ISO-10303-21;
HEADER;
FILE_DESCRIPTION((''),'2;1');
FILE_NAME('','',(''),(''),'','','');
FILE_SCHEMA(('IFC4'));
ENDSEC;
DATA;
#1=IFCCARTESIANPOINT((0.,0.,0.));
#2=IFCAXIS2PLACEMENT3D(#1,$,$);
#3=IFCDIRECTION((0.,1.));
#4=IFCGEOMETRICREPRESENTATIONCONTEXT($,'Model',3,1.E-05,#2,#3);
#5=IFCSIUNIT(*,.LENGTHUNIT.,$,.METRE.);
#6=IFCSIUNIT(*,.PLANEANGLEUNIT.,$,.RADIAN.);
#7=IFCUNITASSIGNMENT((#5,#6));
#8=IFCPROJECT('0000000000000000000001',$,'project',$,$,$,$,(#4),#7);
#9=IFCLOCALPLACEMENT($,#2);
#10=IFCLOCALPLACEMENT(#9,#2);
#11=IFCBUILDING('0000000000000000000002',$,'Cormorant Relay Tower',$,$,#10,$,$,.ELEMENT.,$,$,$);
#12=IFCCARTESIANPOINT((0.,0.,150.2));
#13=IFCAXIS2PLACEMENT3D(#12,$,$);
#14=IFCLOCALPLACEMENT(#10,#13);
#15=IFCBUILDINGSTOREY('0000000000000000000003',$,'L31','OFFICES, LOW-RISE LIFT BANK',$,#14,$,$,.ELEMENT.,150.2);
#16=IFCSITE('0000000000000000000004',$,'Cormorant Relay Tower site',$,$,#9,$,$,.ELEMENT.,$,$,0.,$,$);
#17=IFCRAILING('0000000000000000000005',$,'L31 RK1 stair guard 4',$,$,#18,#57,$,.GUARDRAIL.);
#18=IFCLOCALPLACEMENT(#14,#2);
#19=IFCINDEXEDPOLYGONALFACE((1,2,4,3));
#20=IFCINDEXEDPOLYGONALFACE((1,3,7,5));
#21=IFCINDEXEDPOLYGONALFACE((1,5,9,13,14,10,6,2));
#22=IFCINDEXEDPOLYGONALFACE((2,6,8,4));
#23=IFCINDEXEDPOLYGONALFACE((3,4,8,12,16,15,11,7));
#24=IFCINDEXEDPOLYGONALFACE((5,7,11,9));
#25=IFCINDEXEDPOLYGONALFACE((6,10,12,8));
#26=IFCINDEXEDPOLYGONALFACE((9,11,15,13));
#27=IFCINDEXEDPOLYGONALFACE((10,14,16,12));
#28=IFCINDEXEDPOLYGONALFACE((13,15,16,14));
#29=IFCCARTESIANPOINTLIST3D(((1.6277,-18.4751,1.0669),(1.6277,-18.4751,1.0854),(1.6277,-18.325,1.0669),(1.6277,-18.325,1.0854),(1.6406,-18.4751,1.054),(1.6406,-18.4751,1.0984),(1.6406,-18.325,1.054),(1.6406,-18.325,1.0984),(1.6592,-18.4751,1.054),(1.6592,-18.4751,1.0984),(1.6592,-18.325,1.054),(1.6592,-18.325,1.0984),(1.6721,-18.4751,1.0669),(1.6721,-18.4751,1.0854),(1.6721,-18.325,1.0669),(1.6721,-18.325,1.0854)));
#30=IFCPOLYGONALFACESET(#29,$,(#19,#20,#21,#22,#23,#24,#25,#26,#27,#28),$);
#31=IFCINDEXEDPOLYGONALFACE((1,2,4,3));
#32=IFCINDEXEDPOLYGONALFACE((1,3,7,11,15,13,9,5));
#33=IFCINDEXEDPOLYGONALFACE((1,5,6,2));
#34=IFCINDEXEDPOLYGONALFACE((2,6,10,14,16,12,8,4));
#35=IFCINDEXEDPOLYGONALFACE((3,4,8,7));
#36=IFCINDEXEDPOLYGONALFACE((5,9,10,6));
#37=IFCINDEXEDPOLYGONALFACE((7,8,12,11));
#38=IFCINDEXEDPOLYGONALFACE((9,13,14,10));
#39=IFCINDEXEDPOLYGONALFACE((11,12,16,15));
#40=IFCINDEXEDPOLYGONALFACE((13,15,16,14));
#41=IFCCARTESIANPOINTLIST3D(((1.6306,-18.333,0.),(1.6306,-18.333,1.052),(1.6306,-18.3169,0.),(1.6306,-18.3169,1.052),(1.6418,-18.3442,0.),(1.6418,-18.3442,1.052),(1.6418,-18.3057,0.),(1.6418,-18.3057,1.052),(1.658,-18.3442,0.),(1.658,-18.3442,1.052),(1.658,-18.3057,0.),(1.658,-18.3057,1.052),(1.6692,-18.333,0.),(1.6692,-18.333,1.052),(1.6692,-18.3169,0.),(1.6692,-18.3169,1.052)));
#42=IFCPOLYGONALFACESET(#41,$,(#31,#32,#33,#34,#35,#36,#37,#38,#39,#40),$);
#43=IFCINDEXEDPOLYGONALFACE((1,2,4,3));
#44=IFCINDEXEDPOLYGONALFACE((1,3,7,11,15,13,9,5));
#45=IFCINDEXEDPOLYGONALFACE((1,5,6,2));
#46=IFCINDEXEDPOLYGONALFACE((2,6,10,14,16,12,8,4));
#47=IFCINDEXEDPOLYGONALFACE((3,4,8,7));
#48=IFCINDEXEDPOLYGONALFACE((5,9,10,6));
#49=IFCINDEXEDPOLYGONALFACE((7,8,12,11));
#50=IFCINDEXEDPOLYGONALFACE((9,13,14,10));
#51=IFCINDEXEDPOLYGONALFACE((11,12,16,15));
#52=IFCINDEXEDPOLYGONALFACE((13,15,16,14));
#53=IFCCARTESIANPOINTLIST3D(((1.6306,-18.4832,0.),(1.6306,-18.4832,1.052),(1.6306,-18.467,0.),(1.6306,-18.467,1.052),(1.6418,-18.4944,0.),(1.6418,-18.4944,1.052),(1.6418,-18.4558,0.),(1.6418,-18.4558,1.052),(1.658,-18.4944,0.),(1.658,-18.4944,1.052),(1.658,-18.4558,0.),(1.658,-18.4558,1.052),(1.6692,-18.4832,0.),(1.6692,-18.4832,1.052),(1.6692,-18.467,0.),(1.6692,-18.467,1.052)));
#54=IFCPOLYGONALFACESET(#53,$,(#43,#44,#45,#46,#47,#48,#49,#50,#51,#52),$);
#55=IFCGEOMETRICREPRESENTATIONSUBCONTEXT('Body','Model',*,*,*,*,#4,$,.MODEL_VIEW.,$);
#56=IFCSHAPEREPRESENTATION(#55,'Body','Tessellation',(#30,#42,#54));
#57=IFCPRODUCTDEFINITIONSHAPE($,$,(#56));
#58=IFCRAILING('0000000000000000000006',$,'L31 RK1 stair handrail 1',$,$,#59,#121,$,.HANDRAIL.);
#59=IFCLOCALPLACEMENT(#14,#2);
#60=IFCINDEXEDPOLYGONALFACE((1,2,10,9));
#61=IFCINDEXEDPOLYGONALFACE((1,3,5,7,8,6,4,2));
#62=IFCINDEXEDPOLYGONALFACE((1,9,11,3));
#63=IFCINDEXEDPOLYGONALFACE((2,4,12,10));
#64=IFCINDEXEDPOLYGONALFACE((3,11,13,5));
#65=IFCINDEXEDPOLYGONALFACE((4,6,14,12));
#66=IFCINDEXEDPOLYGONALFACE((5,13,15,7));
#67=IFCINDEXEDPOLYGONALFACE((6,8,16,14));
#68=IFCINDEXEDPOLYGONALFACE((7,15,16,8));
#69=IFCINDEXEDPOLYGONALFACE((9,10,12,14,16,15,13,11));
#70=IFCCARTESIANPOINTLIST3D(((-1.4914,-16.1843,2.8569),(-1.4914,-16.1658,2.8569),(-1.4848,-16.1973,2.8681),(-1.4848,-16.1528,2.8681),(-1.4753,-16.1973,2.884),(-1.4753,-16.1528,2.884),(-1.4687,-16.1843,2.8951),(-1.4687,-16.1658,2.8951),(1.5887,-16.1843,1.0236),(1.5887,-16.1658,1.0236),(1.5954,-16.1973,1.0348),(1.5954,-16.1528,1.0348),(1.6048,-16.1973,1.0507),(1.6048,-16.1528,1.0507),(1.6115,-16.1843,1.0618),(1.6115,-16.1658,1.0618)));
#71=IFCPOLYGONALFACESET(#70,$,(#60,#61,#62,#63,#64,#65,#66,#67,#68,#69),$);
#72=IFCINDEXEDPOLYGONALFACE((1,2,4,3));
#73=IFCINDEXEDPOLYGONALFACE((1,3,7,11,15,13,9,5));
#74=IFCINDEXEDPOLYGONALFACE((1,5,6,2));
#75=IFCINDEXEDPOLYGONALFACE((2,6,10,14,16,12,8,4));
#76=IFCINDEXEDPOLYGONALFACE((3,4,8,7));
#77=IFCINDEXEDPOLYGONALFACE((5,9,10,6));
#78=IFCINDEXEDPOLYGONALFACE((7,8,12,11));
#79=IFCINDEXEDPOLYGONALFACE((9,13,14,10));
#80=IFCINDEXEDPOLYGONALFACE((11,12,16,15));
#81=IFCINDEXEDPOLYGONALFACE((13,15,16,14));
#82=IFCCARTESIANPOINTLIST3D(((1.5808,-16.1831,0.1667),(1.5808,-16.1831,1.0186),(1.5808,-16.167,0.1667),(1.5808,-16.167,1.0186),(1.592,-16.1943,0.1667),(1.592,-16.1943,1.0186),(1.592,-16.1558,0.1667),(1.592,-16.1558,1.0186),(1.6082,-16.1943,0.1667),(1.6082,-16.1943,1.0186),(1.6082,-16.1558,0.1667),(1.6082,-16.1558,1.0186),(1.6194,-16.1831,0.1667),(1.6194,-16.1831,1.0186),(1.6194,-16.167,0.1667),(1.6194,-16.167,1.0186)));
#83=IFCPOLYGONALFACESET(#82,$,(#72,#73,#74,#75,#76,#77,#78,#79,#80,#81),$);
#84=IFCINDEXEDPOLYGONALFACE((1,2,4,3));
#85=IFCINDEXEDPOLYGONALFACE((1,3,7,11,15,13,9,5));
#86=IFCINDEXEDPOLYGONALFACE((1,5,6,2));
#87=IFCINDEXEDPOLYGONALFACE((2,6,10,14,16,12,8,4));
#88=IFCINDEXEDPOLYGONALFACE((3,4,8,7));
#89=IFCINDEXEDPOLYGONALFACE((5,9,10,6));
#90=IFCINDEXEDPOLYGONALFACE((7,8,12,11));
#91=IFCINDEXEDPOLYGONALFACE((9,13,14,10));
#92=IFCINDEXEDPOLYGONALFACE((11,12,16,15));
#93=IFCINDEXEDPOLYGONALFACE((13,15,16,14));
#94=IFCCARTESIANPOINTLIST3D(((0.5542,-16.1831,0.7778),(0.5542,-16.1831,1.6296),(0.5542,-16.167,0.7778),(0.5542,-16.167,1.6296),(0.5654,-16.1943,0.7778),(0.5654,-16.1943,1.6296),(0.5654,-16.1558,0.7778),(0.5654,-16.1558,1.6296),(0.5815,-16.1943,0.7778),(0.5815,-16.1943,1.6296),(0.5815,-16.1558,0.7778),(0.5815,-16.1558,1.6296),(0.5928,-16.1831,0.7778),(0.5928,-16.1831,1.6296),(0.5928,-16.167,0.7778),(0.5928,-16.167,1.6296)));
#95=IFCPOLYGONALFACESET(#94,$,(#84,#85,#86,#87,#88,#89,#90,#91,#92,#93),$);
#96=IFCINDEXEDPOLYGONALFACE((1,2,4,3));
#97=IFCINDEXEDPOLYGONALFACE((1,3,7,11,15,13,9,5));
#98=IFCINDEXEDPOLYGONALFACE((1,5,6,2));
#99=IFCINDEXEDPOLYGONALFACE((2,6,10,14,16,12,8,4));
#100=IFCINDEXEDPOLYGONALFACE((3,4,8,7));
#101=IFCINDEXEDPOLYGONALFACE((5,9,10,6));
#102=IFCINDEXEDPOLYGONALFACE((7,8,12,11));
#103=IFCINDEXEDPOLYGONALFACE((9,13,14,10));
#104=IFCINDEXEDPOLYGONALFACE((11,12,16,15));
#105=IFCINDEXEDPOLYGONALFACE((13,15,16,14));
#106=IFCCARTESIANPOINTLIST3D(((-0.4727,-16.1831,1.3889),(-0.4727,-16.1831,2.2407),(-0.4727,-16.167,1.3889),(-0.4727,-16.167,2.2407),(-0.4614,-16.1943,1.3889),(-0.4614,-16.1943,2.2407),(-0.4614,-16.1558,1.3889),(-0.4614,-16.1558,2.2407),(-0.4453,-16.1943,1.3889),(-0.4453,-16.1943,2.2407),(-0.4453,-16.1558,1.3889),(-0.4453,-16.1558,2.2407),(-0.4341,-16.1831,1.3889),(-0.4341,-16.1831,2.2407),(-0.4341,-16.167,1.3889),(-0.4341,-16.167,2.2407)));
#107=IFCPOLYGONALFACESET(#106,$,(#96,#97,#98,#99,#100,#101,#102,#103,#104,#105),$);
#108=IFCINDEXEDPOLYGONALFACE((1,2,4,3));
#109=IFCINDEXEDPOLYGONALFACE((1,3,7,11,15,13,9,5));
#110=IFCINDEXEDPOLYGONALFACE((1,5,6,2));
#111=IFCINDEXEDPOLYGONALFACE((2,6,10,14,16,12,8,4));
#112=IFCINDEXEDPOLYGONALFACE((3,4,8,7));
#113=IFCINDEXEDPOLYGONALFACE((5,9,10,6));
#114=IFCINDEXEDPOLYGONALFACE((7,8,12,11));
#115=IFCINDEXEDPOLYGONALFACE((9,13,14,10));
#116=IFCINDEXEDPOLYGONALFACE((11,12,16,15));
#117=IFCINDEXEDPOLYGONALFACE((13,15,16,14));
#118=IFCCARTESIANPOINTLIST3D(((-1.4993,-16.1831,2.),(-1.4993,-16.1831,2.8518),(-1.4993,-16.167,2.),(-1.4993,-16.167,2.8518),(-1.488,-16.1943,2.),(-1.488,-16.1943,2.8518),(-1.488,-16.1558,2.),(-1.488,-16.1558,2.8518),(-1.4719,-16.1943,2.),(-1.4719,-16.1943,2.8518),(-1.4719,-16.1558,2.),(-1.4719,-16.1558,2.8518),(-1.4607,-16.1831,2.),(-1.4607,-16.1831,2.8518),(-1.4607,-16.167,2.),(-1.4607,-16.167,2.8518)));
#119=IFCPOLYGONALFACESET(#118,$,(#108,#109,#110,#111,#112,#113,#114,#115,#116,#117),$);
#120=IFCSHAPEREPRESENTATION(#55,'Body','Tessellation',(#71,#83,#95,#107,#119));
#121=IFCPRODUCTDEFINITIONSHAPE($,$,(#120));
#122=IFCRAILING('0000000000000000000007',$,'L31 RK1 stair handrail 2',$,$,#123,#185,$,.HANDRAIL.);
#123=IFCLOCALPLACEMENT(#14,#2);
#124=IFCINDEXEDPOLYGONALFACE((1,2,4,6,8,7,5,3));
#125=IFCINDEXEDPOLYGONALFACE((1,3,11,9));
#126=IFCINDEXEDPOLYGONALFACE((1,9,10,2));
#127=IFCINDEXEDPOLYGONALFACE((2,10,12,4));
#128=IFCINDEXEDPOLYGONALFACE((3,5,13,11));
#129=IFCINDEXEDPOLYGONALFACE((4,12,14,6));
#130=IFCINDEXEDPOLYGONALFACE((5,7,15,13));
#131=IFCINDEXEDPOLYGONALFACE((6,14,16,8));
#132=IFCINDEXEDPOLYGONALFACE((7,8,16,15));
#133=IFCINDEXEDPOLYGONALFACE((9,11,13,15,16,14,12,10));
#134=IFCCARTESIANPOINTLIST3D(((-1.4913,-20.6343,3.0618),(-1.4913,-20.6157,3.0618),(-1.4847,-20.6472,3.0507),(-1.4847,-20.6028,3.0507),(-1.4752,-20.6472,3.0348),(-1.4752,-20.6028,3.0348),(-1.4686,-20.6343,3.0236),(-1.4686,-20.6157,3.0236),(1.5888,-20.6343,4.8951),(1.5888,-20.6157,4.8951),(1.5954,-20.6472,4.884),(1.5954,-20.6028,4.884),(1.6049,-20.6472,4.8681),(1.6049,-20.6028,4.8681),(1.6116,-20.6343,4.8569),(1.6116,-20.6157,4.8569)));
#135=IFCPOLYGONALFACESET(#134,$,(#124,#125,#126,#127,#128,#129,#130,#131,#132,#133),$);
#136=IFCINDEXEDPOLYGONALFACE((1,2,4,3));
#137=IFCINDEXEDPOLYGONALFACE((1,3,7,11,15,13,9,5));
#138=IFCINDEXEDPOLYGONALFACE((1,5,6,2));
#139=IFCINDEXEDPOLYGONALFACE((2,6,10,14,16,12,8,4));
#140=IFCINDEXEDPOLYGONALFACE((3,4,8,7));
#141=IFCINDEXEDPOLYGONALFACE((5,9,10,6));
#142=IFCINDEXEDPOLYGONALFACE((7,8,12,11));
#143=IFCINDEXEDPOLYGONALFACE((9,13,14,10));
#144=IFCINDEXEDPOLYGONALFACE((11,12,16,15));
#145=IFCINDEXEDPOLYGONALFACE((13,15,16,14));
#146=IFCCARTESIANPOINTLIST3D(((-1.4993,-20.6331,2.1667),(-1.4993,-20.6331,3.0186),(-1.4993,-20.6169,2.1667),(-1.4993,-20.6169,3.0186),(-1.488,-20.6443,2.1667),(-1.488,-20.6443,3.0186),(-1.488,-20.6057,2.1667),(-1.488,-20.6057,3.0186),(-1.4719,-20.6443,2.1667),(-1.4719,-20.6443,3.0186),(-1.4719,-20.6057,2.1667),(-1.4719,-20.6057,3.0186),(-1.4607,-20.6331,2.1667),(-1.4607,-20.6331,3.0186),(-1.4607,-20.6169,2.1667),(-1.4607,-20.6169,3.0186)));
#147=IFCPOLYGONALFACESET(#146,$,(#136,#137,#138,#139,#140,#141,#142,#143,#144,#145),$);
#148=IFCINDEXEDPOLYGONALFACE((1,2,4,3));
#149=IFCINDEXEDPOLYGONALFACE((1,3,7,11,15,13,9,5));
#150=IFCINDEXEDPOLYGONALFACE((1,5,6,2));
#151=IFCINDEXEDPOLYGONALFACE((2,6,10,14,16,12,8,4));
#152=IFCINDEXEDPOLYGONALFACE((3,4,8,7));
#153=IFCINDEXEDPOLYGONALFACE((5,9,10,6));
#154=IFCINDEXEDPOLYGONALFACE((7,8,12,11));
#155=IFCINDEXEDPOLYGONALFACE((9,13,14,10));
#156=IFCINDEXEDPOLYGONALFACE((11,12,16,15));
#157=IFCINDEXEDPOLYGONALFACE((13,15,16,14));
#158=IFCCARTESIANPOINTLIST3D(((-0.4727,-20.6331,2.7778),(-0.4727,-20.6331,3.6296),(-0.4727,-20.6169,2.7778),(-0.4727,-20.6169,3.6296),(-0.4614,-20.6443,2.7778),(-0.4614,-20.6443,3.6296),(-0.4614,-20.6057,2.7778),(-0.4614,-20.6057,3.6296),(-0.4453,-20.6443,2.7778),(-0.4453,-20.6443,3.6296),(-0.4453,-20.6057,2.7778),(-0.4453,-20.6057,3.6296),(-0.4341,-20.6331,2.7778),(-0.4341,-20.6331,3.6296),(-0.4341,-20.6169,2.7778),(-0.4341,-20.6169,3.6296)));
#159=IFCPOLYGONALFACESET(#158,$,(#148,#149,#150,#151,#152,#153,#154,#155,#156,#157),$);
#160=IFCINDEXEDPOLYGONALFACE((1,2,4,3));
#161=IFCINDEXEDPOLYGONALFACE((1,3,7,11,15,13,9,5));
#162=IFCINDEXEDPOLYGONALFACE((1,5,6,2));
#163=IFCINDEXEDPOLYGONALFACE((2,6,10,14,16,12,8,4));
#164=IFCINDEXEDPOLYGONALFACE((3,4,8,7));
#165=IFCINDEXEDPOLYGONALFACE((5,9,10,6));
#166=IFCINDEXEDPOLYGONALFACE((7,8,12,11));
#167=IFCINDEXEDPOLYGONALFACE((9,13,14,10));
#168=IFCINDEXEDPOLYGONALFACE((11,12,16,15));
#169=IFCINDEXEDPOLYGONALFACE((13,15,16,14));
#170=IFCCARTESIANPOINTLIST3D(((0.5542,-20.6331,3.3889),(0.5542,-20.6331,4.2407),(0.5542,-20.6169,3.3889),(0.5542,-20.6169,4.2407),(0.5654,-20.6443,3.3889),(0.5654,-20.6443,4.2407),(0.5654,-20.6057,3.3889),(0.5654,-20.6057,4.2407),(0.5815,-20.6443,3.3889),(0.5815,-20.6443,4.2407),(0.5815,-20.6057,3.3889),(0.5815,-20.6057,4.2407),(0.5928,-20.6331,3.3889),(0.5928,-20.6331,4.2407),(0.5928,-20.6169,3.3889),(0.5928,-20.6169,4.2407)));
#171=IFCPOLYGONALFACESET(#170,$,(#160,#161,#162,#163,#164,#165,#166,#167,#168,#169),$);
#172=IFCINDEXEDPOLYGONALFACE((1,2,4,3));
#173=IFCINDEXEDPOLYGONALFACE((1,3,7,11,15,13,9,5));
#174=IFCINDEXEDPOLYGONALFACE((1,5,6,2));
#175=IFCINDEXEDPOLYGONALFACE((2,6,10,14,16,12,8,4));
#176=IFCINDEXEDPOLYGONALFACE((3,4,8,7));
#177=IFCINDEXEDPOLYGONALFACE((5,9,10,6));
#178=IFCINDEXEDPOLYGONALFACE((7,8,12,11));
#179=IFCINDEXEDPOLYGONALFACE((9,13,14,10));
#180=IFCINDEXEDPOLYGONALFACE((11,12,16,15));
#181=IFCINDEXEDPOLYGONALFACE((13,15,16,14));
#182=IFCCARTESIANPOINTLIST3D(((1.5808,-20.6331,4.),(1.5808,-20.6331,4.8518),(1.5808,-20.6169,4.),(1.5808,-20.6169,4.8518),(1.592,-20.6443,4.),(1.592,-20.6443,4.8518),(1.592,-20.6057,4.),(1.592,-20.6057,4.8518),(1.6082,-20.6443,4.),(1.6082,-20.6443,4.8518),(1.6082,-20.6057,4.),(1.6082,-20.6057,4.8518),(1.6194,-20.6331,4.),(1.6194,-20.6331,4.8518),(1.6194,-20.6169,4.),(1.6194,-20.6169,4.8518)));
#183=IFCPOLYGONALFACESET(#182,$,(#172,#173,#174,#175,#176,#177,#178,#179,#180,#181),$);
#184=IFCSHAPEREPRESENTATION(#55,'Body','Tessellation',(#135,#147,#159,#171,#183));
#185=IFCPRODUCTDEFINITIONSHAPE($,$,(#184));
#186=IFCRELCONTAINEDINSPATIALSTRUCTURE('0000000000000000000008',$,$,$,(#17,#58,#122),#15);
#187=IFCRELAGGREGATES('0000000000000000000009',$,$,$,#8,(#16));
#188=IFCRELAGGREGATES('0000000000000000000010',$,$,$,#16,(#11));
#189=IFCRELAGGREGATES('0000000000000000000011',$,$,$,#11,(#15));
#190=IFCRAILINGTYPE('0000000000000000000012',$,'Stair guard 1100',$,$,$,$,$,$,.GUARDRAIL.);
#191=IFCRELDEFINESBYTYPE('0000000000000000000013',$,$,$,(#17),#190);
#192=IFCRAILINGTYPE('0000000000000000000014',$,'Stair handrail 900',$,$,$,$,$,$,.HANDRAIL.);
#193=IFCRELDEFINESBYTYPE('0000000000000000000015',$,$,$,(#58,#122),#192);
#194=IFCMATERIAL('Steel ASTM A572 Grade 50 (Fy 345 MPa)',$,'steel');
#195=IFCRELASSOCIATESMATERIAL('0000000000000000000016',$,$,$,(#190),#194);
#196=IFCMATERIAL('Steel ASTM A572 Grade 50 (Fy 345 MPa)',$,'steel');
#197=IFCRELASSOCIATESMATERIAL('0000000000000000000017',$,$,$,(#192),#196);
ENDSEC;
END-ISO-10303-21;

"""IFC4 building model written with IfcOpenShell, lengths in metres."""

from ifc_helpers import new_model, si_unit, direction, frame, origin, place, context, subcontext, project, spatial, polyline, outline, extrude, material, type_object, element, save


model = new_model("IFC4")

# Units and contexts
model_context = context("Model", 3, precision=1e-05, world=origin(), true_north=direction((0.0, 1.0)))
body_context = subcontext(model_context, "Body", "Model", "MODEL_VIEW")
ifc_project = project(units=[si_unit("LENGTHUNIT", "METRE"), si_unit("PLANEANGLEUNIT", "RADIAN")], contexts=[model_context])

# Site, building, storey
site_placement = place(None, origin())
site = spatial("IfcSite", under=ifc_project, at=site_placement, Name="Cormorant Relay Tower site", CompositionType="ELEMENT", RefElevation=0.0)
building_placement = place(site_placement, origin())
building = spatial("IfcBuilding", under=site, at=building_placement, Name="Cormorant Relay Tower", CompositionType="ELEMENT")
storey_placement = place(building_placement, frame((0.0, 0.0, 150.2)))
storey = spatial("IfcBuildingStorey", under=building, at=storey_placement, Name="L31", Description="OFFICES, LOW-RISE LIFT BANK", CompositionType="ELEMENT", Elevation=150.2)

# Railings
ifc_material_1 = material(Name="Steel ASTM A572 Grade 50 (Fy 345 MPa)", Category="steel")
railing_type_1 = type_object("IfcRailingType", Name="Stair guard 1100", PredefinedType="GUARDRAIL", material=ifc_material_1)
railing_1_placement = place(storey_placement, frame((1.6499, -18.325, 0.0)))
element("IfcRailing", 1, at=railing_1_placement, inside=storey, type_object=railing_type_1, Name="L31 RK1 stair guard 4", PredefinedType="GUARDRAIL", context=body_context, shape_type="SweptSolid", body=[
    extrude(outline(polyline([(0.0222, 0.0093), (0.0093, 0.0222), (-0.0093, 0.0222), (-0.0222, 0.0093), (-0.0222, -0.0093), (-0.0093, -0.0222), (0.0093, -0.0222), (0.0222, -0.0093), (0.0222, 0.0093)])), frame((0.0, 0.0, 1.0762), z_axis=(0.0, -1.0, 0.0), x_axis=(1.0, 0.0, 0.0)), (0.0, 0.0, 1.0), 0.1501),
    extrude(outline(polyline([(0.0193, 0.0081), (0.0081, 0.0193), (-0.0081, 0.0193), (-0.0193, 0.0081), (-0.0193, -0.0081), (-0.0081, -0.0193), (0.0081, -0.0193), (0.0193, -0.0081), (0.0193, 0.0081)])), origin(), (0.0, 0.0, 1.0), 1.052),
    extrude(outline(polyline([(0.0193, 0.0081), (0.0081, 0.0193), (-0.0081, 0.0193), (-0.0193, 0.0081), (-0.0193, -0.0081), (-0.0081, -0.0193), (0.0081, -0.0193), (0.0193, -0.0081), (0.0193, 0.0081)])), frame((0.0, -0.1501, 0.0)), (0.0, 0.0, 1.0), 1.052),
])
ifc_material_2 = material(Name="Steel ASTM A572 Grade 50 (Fy 345 MPa)", Category="steel")
railing_type_2 = type_object("IfcRailingType", Name="Stair handrail 900", PredefinedType="HANDRAIL", material=ifc_material_2)
railing_2_placement = place(storey_placement, frame((1.6001, -16.175, 0.1667)))
element("IfcRailing", 2, at=railing_2_placement, inside=storey, type_object=railing_type_2, Name="L31 RK1 stair handrail 1", PredefinedType="HANDRAIL", context=body_context, shape_type="SweptSolid", body=[
    extrude(outline(polyline([(0.0222, 0.0093), (0.0093, 0.0222), (-0.0093, 0.0222), (-0.0222, 0.0093), (-0.0222, -0.0093), (-0.0093, -0.0222), (0.0093, -0.0222), (0.0222, -0.0093), (0.0222, 0.0093)])), frame((0.0, 0.0, 0.876), z_axis=(-0.859309, 0.0, 0.511458), x_axis=(0.0, -1.0, 0.0)), (0.0, 0.0, 1.0), 3.5845),
    extrude(outline(polyline([(0.0193, 0.0081), (0.0081, 0.0193), (-0.0081, 0.0193), (-0.0193, 0.0081), (-0.0193, -0.0081), (-0.0081, -0.0193), (0.0081, -0.0193), (0.0193, -0.0081), (0.0193, 0.0081)])), origin(), (0.0, 0.0, 1.0), 0.8518),
    extrude(outline(polyline([(0.0193, 0.0081), (0.0081, 0.0193), (-0.0081, 0.0193), (-0.0193, 0.0081), (-0.0193, -0.0081), (-0.0081, -0.0193), (0.0081, -0.0193), (0.0193, -0.0081), (0.0193, 0.0081)])), frame((-1.0266, 0.0, 0.6111)), (0.0, 0.0, 1.0), 0.8518),
    extrude(outline(polyline([(0.0193, 0.0081), (0.0081, 0.0193), (-0.0081, 0.0193), (-0.0193, 0.0081), (-0.0193, -0.0081), (-0.0081, -0.0193), (0.0081, -0.0193), (0.0193, -0.0081), (0.0193, 0.0081)])), frame((-2.0535, 0.0, 1.2222)), (0.0, 0.0, 1.0), 0.8518),
    extrude(outline(polyline([(0.0193, 0.0081), (0.0081, 0.0193), (-0.0081, 0.0193), (-0.0193, 0.0081), (-0.0193, -0.0081), (-0.0081, -0.0193), (0.0081, -0.0193), (0.0193, -0.0081), (0.0193, 0.0081)])), frame((-3.0801, 0.0, 1.8333)), (0.0, 0.0, 1.0), 0.8518),
])
railing_3_placement = place(storey_placement, frame((-1.48, -20.625, 2.1667)))
element("IfcRailing", 3, at=railing_3_placement, inside=storey, type_object=railing_type_2, Name="L31 RK1 stair handrail 2", PredefinedType="HANDRAIL", context=body_context, shape_type="SweptSolid", body=[
    extrude(outline(polyline([(0.0222, 0.0093), (0.0093, 0.0222), (-0.0093, 0.0222), (-0.0222, 0.0093), (-0.0222, -0.0093), (-0.0093, -0.0222), (0.0093, -0.0222), (0.0222, -0.0093), (0.0222, 0.0093)])), frame((0.0, 0.0, 0.876), z_axis=(0.859309, 0.0, 0.511458), x_axis=(0.0, 1.0, 0.0)), (0.0, 0.0, 1.0), 3.5845),
    extrude(outline(polyline([(0.0193, 0.0081), (0.0081, 0.0193), (-0.0081, 0.0193), (-0.0193, 0.0081), (-0.0193, -0.0081), (-0.0081, -0.0193), (0.0081, -0.0193), (0.0193, -0.0081), (0.0193, 0.0081)])), origin(), (0.0, 0.0, 1.0), 0.8518),
    extrude(outline(polyline([(0.0193, 0.0081), (0.0081, 0.0193), (-0.0081, 0.0193), (-0.0193, 0.0081), (-0.0193, -0.0081), (-0.0081, -0.0193), (0.0081, -0.0193), (0.0193, -0.0081), (0.0193, 0.0081)])), frame((1.0266, 0.0, 0.6111)), (0.0, 0.0, 1.0), 0.8518),
    extrude(outline(polyline([(0.0193, 0.0081), (0.0081, 0.0193), (-0.0081, 0.0193), (-0.0193, 0.0081), (-0.0193, -0.0081), (-0.0081, -0.0193), (0.0081, -0.0193), (0.0193, -0.0081), (0.0193, 0.0081)])), frame((2.0535, 0.0, 1.2222)), (0.0, 0.0, 1.0), 0.8518),
    extrude(outline(polyline([(0.0193, 0.0081), (0.0081, 0.0193), (-0.0081, 0.0193), (-0.0193, 0.0081), (-0.0193, -0.0081), (-0.0081, -0.0193), (0.0081, -0.0193), (0.0193, -0.0081), (0.0193, 0.0081)])), frame((3.0801, 0.0, 1.8333)), (0.0, 0.0, 1.0), 0.8518),
])

save(model, "model.ifc")
